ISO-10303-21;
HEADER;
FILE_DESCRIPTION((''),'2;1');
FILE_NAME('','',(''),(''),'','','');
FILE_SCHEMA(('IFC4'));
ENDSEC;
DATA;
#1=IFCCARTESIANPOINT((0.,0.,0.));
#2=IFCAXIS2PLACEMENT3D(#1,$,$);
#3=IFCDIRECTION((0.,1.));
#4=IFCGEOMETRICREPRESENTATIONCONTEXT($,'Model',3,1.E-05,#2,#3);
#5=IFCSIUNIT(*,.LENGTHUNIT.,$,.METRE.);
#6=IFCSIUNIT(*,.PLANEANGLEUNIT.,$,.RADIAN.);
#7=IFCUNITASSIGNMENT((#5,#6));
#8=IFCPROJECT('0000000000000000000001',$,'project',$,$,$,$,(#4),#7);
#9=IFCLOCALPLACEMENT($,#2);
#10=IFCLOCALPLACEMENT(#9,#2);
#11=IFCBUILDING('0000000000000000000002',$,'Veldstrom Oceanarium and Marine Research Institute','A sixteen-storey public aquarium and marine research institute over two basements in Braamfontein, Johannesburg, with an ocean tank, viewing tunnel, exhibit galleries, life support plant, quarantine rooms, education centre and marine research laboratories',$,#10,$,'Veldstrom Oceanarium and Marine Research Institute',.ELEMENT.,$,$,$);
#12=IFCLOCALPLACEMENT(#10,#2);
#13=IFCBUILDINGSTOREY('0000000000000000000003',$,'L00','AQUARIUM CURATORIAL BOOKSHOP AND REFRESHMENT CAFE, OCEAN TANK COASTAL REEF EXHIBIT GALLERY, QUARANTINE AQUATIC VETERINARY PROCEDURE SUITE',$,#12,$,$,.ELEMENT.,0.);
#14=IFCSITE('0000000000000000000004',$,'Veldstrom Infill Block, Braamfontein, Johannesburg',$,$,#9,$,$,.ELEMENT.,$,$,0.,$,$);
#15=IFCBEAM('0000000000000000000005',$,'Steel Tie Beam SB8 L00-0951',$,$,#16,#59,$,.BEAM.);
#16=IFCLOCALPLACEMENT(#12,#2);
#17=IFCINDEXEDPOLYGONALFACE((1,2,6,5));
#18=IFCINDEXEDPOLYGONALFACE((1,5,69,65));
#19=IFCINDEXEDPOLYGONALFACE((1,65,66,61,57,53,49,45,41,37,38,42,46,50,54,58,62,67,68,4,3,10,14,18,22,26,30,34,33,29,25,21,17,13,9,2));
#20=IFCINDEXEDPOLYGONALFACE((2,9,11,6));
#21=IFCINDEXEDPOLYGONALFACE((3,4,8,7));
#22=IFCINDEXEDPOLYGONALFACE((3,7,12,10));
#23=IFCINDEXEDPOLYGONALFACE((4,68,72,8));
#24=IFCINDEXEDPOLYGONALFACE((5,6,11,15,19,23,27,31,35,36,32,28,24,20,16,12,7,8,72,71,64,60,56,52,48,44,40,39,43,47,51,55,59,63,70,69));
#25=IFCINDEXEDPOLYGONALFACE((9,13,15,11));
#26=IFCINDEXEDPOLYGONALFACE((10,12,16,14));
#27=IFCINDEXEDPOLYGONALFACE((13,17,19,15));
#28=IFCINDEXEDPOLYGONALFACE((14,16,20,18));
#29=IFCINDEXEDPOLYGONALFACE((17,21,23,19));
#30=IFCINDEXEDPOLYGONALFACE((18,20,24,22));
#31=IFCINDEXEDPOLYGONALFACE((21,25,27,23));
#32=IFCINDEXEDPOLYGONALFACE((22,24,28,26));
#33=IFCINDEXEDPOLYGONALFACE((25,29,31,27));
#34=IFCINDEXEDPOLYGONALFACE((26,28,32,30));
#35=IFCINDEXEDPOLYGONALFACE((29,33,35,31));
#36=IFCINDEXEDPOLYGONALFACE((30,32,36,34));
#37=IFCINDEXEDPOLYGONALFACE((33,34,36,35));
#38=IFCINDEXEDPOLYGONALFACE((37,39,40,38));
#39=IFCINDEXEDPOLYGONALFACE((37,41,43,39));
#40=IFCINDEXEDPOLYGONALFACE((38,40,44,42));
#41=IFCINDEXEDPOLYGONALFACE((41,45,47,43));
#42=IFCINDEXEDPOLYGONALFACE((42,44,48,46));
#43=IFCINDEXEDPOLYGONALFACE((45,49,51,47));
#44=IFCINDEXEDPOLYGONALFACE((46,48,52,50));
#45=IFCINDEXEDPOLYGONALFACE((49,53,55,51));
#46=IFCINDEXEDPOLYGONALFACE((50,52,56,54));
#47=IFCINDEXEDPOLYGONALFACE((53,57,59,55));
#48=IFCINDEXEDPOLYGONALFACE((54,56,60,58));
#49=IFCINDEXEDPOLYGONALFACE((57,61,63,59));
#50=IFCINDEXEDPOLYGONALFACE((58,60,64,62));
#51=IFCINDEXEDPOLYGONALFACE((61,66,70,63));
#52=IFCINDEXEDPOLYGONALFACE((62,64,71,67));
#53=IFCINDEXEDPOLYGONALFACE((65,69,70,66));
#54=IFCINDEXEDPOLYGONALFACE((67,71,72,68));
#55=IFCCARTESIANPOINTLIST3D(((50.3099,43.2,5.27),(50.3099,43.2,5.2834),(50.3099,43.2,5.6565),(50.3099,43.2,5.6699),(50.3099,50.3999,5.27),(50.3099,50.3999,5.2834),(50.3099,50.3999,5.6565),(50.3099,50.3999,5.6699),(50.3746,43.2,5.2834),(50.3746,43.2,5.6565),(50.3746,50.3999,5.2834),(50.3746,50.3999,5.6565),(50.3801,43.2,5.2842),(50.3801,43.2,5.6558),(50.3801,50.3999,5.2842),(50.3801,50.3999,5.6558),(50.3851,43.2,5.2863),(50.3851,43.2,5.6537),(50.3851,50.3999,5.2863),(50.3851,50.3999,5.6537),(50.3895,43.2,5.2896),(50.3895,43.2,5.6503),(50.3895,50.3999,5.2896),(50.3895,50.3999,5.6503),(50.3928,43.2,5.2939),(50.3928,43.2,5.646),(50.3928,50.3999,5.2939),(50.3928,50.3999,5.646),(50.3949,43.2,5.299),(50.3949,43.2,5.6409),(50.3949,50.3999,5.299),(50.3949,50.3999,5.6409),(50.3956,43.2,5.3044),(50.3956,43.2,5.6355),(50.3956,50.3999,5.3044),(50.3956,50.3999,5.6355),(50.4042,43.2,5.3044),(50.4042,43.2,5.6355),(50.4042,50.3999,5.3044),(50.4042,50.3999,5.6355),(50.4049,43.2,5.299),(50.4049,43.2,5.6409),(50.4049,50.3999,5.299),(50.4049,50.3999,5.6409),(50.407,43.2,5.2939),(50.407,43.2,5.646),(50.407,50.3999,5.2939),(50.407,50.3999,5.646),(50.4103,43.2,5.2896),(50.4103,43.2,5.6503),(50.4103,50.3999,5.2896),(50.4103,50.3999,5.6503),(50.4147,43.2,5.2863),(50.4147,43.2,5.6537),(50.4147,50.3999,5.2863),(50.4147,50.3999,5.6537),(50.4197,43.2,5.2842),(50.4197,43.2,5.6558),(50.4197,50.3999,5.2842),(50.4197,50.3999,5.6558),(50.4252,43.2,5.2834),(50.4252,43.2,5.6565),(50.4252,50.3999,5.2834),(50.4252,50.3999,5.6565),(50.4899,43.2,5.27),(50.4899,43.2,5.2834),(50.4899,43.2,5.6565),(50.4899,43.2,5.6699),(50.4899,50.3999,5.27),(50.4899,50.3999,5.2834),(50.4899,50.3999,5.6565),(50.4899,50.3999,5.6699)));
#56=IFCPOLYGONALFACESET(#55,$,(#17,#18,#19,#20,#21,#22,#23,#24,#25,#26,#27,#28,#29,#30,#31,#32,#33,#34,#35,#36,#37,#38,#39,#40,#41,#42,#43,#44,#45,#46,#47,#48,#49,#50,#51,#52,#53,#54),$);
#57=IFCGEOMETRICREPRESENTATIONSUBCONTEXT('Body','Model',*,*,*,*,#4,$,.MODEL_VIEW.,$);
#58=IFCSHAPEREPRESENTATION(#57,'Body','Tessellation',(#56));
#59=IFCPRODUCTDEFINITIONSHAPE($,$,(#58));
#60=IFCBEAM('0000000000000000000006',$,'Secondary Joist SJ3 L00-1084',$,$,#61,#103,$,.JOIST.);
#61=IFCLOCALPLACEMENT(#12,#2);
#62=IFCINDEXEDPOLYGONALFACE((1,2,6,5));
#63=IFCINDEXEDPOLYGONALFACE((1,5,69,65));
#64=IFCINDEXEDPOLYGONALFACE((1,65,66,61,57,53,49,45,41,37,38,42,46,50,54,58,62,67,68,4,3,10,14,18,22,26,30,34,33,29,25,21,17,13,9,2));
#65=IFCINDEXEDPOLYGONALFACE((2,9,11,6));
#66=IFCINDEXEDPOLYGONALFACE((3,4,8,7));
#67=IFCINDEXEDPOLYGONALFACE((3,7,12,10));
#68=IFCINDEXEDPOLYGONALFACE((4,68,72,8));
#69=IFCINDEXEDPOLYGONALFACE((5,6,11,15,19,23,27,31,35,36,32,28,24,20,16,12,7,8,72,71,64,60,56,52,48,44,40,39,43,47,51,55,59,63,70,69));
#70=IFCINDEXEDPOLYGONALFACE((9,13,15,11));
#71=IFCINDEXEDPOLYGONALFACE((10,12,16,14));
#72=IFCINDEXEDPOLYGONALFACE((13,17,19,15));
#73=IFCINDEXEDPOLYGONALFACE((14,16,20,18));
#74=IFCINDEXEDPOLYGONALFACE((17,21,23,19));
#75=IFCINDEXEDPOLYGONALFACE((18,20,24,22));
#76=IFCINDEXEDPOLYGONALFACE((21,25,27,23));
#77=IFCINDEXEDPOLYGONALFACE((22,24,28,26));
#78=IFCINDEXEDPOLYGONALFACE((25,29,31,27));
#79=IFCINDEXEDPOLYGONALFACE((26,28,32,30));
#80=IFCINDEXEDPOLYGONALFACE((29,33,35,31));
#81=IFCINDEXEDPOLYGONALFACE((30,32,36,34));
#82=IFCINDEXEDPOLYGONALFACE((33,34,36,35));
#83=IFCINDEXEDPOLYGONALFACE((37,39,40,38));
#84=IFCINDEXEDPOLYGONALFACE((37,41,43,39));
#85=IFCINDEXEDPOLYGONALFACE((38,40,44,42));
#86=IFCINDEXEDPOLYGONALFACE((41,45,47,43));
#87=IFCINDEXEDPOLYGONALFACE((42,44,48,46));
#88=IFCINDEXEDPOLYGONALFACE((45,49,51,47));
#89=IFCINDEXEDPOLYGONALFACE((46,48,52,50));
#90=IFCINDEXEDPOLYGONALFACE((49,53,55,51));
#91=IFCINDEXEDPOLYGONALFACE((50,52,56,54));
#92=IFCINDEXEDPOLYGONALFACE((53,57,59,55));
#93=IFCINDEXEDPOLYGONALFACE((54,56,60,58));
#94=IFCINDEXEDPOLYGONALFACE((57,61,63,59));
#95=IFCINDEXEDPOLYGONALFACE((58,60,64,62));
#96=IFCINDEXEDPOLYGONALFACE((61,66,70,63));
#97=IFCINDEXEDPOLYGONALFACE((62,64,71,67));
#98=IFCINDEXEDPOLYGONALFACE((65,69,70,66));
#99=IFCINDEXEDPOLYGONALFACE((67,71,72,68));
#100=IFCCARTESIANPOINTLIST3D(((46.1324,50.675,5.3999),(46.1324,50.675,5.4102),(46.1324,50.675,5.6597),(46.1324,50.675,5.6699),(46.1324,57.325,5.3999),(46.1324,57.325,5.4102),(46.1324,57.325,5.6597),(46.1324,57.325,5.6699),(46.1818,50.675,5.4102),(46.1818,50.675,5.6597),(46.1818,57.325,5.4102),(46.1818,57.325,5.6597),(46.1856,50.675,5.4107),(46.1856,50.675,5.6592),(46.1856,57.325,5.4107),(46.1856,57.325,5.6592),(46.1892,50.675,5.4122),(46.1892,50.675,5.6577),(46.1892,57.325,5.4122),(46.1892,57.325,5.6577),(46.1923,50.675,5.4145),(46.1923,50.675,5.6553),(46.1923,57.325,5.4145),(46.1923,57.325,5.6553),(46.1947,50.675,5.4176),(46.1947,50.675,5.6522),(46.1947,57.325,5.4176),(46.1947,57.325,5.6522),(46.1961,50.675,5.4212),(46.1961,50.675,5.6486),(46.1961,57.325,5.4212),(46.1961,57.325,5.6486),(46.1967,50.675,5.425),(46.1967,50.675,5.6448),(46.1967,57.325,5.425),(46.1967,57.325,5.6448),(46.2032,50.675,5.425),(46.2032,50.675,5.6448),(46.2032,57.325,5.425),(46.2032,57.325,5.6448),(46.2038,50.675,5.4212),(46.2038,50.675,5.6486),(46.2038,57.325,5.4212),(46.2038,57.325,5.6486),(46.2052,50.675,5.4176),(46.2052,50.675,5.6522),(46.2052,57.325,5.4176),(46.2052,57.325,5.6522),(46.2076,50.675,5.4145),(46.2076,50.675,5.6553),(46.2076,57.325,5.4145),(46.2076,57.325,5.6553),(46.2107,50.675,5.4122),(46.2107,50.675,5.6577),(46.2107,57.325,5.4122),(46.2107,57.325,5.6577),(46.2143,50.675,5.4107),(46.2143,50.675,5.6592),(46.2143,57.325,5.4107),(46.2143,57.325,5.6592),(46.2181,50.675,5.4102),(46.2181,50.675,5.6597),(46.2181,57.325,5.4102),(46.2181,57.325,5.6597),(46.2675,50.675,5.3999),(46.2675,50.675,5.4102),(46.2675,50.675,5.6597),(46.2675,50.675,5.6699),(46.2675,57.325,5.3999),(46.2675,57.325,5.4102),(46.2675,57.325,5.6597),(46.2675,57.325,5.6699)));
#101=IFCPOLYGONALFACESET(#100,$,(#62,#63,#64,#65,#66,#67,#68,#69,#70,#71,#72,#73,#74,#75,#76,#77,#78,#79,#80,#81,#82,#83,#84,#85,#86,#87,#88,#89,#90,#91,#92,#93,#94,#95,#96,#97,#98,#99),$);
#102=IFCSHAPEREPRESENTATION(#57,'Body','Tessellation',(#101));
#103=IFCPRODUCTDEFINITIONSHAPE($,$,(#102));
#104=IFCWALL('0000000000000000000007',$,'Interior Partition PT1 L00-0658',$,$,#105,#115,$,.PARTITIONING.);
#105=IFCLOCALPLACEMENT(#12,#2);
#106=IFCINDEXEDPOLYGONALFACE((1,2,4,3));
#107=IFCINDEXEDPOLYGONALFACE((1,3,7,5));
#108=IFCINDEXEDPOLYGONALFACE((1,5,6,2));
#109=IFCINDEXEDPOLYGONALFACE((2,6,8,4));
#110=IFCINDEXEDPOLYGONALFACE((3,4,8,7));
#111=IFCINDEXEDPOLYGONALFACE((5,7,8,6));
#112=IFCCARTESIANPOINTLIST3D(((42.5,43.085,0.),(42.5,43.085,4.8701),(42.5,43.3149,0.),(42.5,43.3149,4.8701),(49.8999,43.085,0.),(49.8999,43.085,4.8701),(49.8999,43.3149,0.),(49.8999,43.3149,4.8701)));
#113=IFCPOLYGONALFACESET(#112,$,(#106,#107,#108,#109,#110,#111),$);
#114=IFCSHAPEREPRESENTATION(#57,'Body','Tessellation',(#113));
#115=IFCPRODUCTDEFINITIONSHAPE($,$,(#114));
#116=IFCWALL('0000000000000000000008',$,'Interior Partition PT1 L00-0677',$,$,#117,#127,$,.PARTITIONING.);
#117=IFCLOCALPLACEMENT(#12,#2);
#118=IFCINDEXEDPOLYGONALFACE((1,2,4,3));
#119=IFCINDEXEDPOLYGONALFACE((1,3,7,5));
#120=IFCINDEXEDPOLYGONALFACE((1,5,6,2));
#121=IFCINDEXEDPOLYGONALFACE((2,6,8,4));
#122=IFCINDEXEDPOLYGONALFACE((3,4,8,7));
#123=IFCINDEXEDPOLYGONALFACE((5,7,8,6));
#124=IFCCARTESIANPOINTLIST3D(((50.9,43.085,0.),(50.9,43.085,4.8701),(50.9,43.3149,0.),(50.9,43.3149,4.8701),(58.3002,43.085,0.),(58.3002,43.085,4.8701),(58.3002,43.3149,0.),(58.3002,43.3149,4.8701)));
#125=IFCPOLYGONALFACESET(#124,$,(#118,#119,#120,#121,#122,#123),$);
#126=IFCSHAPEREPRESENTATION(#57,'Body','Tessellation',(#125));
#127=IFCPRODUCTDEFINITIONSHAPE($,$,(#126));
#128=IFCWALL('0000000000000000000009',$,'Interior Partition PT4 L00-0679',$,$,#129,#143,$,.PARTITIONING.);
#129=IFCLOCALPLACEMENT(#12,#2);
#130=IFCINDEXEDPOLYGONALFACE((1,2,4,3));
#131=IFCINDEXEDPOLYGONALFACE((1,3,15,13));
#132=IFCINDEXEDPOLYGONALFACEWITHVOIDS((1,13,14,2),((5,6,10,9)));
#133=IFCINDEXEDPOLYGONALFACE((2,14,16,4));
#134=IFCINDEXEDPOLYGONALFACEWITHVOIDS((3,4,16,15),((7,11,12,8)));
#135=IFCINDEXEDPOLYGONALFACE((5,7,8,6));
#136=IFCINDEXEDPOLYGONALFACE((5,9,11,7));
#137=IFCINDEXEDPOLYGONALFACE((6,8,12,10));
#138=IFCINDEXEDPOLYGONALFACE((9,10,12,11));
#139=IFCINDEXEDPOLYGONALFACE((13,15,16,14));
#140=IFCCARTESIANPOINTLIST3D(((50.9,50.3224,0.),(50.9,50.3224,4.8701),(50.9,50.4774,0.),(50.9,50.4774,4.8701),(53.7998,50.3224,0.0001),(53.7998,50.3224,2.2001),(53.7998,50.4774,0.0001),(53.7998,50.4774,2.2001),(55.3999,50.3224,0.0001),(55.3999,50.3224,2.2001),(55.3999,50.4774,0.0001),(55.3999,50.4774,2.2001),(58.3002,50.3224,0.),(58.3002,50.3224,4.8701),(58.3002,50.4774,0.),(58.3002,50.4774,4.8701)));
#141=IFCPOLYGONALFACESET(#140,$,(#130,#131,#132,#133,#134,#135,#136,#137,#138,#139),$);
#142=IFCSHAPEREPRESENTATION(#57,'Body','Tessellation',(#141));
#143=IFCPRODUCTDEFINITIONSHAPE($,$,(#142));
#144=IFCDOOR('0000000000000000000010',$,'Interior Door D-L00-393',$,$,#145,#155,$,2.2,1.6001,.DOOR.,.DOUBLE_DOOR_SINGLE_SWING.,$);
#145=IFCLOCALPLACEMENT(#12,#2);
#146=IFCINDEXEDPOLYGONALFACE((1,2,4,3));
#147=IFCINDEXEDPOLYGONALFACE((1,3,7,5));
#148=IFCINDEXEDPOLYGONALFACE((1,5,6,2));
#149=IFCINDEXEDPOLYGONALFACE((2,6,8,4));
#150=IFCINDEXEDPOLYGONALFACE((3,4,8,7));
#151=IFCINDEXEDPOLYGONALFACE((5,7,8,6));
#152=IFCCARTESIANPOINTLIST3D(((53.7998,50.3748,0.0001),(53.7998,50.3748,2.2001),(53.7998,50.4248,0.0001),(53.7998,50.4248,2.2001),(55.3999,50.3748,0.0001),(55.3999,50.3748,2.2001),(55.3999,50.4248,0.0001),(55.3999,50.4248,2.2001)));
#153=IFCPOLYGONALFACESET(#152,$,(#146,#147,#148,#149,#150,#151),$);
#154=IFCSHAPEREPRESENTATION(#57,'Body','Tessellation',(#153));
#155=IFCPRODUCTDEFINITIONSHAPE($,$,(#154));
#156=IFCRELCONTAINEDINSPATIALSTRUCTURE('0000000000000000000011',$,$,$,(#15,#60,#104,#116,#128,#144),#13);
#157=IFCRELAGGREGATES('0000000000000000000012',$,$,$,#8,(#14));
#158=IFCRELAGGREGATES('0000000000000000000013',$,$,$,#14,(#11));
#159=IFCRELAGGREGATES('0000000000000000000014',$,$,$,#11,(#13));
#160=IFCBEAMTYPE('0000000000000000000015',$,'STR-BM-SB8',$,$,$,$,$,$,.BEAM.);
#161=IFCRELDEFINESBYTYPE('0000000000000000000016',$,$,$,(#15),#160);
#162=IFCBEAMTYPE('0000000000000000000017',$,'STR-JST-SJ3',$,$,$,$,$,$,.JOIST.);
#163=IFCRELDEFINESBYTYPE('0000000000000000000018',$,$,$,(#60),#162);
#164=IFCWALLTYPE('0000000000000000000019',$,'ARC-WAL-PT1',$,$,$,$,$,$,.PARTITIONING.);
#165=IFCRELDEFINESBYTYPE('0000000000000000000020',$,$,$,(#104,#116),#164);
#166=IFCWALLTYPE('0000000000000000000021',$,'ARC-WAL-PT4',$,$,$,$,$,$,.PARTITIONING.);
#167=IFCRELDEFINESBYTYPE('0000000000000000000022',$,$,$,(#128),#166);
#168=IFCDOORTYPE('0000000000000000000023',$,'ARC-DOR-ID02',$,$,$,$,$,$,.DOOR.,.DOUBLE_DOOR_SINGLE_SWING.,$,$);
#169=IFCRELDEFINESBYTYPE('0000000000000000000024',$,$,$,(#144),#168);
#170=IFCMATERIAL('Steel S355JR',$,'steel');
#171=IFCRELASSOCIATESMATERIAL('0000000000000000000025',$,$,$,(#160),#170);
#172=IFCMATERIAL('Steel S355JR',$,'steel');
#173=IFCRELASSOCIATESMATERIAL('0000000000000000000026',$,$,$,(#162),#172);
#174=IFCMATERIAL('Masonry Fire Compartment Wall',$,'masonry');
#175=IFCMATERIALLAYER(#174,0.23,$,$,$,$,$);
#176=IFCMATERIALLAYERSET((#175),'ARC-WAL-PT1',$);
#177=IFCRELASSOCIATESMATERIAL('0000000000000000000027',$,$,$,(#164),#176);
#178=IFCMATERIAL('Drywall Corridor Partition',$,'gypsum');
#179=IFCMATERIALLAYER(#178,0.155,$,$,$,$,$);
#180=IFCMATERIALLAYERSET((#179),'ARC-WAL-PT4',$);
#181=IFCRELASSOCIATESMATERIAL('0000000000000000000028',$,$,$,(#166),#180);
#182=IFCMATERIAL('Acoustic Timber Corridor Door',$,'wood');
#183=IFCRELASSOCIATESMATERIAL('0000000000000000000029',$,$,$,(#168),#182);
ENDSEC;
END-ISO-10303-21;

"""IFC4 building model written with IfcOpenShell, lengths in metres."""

from ifc_helpers import new_model, si_unit, direction, frame, frame_2d, origin, origin_2d, place, context, subcontext, project, spatial, rectangle, i_section, extrude, material, layer, layer_set, material_profile, profile_set, type_object, element, fill, save


model = new_model("IFC4")

# Units and contexts
model_context = context("Model", 3, precision=1e-05, world=origin(), true_north=direction((0.0, 1.0)))
body_context = subcontext(model_context, "Body", "Model", "MODEL_VIEW")
ifc_project = project(units=[si_unit("LENGTHUNIT", "METRE"), si_unit("PLANEANGLEUNIT", "RADIAN")], contexts=[model_context])

# Site, building, storey
site_placement = place(None, origin())
site = spatial("IfcSite", under=ifc_project, at=site_placement, Name="Veldstrom Infill Block, Braamfontein, Johannesburg", CompositionType="ELEMENT", RefElevation=0.0)
building_placement = place(site_placement, origin())
building = spatial("IfcBuilding", under=site, at=building_placement, Name="Veldstrom Oceanarium and Marine Research Institute", Description="A sixteen-storey public aquarium and marine research institute over two basements in Braamfontein, Johannesburg, with an ocean tank, viewing tunnel, exhibit galleries, life support plant, quarantine rooms, education centre and marine research laboratories", LongName="Veldstrom Oceanarium and Marine Research Institute", CompositionType="ELEMENT")
storey_placement = place(building_placement, origin())
storey = spatial("IfcBuildingStorey", under=building, at=storey_placement, Name="L00", Description="AQUARIUM CURATORIAL BOOKSHOP AND REFRESHMENT CAFE, OCEAN TANK COASTAL REEF EXHIBIT GALLERY, QUARANTINE AQUATIC VETERINARY PROCEDURE SUITE", CompositionType="ELEMENT", Elevation=0.0)

# Beams
ifc_material_1 = material(Name="Steel S355JR", Category="steel")
ifc_material_profile_1 = material_profile(ifc_material_1, i_section(OverallWidth=0.1799, OverallDepth=0.3999, WebThickness=0.0085, FlangeThickness=0.0134, FilletRadius=0.021, at=origin_2d()), Name="IPE 400")
ifc_profile_set_1 = profile_set([ifc_material_profile_1], Name="Steel S355JR")
beam_type_1 = type_object("IfcBeamType", Name="STR-BM-SB8", PredefinedType="BEAM", material=ifc_profile_set_1)
beam_1_placement = place(storey_placement, frame((50.3999, 43.2, 5.47), z_axis=(0.0, 1.0, 0.0), x_axis=(-1.0, 0.0, 0.0)))
element("IfcBeam", 1, at=beam_1_placement, inside=storey, type_object=beam_type_1, Name="Steel Tie Beam SB8 L00-0951", PredefinedType="BEAM", context=body_context, shape_type="SweptSolid", body=[
    extrude(i_section(OverallWidth=0.1799, OverallDepth=0.3999, WebThickness=0.0085, FlangeThickness=0.0134, FilletRadius=0.021, at=origin_2d()), origin(), (0.0, 0.0, 1.0), 7.2),
])
ifc_material_2 = material(Name="Steel S355JR", Category="steel")
ifc_material_profile_2 = material_profile(ifc_material_2, i_section(OverallWidth=0.135, OverallDepth=0.27, WebThickness=0.0066, FlangeThickness=0.0103, FilletRadius=0.0149, at=origin_2d()), Name="IPE 270")
ifc_profile_set_2 = profile_set([ifc_material_profile_2], Name="Steel S355JR")
beam_type_2 = type_object("IfcBeamType", Name="STR-JST-SJ3", PredefinedType="JOIST", material=ifc_profile_set_2)
beam_2_placement = place(storey_placement, frame((46.2, 50.675, 5.5349), z_axis=(0.0, 1.0, 0.0), x_axis=(-1.0, 0.0, 0.0)))
element("IfcBeam", 2, at=beam_2_placement, inside=storey, type_object=beam_type_2, Name="Secondary Joist SJ3 L00-1084", PredefinedType="JOIST", context=body_context, shape_type="SweptSolid", body=[
    extrude(i_section(OverallWidth=0.135, OverallDepth=0.27, WebThickness=0.0066, FlangeThickness=0.0103, FilletRadius=0.0149, at=origin_2d()), origin(), (0.0, 0.0, 1.0), 6.6499),
])

# Walls
ifc_material_3 = material(Name="Masonry Fire Compartment Wall", Category="masonry")
ifc_layer_1 = layer(ifc_material_3, 0.23)
ifc_layer_set_1 = layer_set([ifc_layer_1], Name="ARC-WAL-PT1")
wall_type_1 = type_object("IfcWallType", Name="ARC-WAL-PT1", PredefinedType="PARTITIONING", material=ifc_layer_set_1)
wall_1_placement = place(storey_placement, frame((42.5, 43.2, 0.0), z_axis=(0.0, 0.0, 1.0), x_axis=(1.0, 0.0, 0.0)))
element("IfcWall", 3, at=wall_1_placement, inside=storey, type_object=wall_type_1, Name="Interior Partition PT1 L00-0658", PredefinedType="PARTITIONING", context=body_context, shape_type="SweptSolid", body=[
    extrude(rectangle(XDim=7.3999, YDim=0.23, at=frame_2d((3.7, 0.0))), origin(), (0.0, 0.0, 1.0), 4.8701),
])
wall_2_placement = place(storey_placement, frame((50.8999, 43.2, 0.0), z_axis=(0.0, 0.0, 1.0), x_axis=(1.0, 0.0, 0.0)))
element("IfcWall", 4, at=wall_2_placement, inside=storey, type_object=wall_type_1, Name="Interior Partition PT1 L00-0677", PredefinedType="PARTITIONING", context=body_context, shape_type="SweptSolid", body=[
    extrude(rectangle(XDim=7.4001, YDim=0.23, at=frame_2d((3.7002, 0.0))), origin(), (0.0, 0.0, 1.0), 4.8701),
])

# Wall, opening, door
ifc_material_4 = material(Name="Drywall Corridor Partition", Category="gypsum")
ifc_layer_2 = layer(ifc_material_4, 0.155)
ifc_layer_set_2 = layer_set([ifc_layer_2], Name="ARC-WAL-PT4")
wall_type_2 = type_object("IfcWallType", Name="ARC-WAL-PT4", PredefinedType="PARTITIONING", material=ifc_layer_set_2)
wall_3_placement = place(storey_placement, frame((50.8999, 50.3999, 0.0), z_axis=(0.0, 0.0, 1.0), x_axis=(1.0, 0.0, 0.0)))
wall_3 = element("IfcWall", 5, at=wall_3_placement, inside=storey, type_object=wall_type_2, Name="Interior Partition PT4 L00-0679", PredefinedType="PARTITIONING", context=body_context, shape_type="SweptSolid", body=[
    extrude(rectangle(XDim=7.4001, YDim=0.155, at=frame_2d((3.7002, 0.0))), origin(), (0.0, 0.0, 1.0), 4.8701),
])
opening_1_placement = place(wall_3_placement, frame((2.8999, 0.0, 0.0)))
opening_1 = element("IfcOpeningElement", 6, at=opening_1_placement, cuts=wall_3, PredefinedType="OPENING", context=body_context, shape_type="SweptSolid", body=[
    extrude(rectangle(XDim=1.6001, YDim=2.2, at=frame_2d((0.8, 1.1001))), frame((0.0, 0.0874, 0.0), z_axis=(0.0, -1.0, 0.0), x_axis=(1.0, 0.0, 0.0)), (0.0, 0.0, 1.0), 0.175),
])
ifc_material_5 = material(Name="Acoustic Timber Corridor Door", Category="wood")
door_type_1 = type_object("IfcDoorType", Name="ARC-DOR-ID02", OperationType="DOUBLE_DOOR_SINGLE_SWING", PredefinedType="DOOR", material=ifc_material_5)
door_1_placement = place(opening_1_placement, origin())
door_1 = element("IfcDoor", 7, at=door_1_placement, inside=storey, type_object=door_type_1, Name="Interior Door D-L00-393", OperationType="DOUBLE_DOOR_SINGLE_SWING", OverallHeight=2.2, OverallWidth=1.6001, PredefinedType="DOOR", context=body_context, shape_type="SweptSolid", body=[
    extrude(rectangle(XDim=1.6001, YDim=2.2, at=frame_2d((0.8, 1.1001))), frame((0.0, 0.0249, 0.0), z_axis=(0.0, -1.0, 0.0), x_axis=(1.0, 0.0, 0.0)), (0.0, 0.0, 1.0), 0.05),
])
fill(opening_1, door_1)

save(model, "model.ifc")
